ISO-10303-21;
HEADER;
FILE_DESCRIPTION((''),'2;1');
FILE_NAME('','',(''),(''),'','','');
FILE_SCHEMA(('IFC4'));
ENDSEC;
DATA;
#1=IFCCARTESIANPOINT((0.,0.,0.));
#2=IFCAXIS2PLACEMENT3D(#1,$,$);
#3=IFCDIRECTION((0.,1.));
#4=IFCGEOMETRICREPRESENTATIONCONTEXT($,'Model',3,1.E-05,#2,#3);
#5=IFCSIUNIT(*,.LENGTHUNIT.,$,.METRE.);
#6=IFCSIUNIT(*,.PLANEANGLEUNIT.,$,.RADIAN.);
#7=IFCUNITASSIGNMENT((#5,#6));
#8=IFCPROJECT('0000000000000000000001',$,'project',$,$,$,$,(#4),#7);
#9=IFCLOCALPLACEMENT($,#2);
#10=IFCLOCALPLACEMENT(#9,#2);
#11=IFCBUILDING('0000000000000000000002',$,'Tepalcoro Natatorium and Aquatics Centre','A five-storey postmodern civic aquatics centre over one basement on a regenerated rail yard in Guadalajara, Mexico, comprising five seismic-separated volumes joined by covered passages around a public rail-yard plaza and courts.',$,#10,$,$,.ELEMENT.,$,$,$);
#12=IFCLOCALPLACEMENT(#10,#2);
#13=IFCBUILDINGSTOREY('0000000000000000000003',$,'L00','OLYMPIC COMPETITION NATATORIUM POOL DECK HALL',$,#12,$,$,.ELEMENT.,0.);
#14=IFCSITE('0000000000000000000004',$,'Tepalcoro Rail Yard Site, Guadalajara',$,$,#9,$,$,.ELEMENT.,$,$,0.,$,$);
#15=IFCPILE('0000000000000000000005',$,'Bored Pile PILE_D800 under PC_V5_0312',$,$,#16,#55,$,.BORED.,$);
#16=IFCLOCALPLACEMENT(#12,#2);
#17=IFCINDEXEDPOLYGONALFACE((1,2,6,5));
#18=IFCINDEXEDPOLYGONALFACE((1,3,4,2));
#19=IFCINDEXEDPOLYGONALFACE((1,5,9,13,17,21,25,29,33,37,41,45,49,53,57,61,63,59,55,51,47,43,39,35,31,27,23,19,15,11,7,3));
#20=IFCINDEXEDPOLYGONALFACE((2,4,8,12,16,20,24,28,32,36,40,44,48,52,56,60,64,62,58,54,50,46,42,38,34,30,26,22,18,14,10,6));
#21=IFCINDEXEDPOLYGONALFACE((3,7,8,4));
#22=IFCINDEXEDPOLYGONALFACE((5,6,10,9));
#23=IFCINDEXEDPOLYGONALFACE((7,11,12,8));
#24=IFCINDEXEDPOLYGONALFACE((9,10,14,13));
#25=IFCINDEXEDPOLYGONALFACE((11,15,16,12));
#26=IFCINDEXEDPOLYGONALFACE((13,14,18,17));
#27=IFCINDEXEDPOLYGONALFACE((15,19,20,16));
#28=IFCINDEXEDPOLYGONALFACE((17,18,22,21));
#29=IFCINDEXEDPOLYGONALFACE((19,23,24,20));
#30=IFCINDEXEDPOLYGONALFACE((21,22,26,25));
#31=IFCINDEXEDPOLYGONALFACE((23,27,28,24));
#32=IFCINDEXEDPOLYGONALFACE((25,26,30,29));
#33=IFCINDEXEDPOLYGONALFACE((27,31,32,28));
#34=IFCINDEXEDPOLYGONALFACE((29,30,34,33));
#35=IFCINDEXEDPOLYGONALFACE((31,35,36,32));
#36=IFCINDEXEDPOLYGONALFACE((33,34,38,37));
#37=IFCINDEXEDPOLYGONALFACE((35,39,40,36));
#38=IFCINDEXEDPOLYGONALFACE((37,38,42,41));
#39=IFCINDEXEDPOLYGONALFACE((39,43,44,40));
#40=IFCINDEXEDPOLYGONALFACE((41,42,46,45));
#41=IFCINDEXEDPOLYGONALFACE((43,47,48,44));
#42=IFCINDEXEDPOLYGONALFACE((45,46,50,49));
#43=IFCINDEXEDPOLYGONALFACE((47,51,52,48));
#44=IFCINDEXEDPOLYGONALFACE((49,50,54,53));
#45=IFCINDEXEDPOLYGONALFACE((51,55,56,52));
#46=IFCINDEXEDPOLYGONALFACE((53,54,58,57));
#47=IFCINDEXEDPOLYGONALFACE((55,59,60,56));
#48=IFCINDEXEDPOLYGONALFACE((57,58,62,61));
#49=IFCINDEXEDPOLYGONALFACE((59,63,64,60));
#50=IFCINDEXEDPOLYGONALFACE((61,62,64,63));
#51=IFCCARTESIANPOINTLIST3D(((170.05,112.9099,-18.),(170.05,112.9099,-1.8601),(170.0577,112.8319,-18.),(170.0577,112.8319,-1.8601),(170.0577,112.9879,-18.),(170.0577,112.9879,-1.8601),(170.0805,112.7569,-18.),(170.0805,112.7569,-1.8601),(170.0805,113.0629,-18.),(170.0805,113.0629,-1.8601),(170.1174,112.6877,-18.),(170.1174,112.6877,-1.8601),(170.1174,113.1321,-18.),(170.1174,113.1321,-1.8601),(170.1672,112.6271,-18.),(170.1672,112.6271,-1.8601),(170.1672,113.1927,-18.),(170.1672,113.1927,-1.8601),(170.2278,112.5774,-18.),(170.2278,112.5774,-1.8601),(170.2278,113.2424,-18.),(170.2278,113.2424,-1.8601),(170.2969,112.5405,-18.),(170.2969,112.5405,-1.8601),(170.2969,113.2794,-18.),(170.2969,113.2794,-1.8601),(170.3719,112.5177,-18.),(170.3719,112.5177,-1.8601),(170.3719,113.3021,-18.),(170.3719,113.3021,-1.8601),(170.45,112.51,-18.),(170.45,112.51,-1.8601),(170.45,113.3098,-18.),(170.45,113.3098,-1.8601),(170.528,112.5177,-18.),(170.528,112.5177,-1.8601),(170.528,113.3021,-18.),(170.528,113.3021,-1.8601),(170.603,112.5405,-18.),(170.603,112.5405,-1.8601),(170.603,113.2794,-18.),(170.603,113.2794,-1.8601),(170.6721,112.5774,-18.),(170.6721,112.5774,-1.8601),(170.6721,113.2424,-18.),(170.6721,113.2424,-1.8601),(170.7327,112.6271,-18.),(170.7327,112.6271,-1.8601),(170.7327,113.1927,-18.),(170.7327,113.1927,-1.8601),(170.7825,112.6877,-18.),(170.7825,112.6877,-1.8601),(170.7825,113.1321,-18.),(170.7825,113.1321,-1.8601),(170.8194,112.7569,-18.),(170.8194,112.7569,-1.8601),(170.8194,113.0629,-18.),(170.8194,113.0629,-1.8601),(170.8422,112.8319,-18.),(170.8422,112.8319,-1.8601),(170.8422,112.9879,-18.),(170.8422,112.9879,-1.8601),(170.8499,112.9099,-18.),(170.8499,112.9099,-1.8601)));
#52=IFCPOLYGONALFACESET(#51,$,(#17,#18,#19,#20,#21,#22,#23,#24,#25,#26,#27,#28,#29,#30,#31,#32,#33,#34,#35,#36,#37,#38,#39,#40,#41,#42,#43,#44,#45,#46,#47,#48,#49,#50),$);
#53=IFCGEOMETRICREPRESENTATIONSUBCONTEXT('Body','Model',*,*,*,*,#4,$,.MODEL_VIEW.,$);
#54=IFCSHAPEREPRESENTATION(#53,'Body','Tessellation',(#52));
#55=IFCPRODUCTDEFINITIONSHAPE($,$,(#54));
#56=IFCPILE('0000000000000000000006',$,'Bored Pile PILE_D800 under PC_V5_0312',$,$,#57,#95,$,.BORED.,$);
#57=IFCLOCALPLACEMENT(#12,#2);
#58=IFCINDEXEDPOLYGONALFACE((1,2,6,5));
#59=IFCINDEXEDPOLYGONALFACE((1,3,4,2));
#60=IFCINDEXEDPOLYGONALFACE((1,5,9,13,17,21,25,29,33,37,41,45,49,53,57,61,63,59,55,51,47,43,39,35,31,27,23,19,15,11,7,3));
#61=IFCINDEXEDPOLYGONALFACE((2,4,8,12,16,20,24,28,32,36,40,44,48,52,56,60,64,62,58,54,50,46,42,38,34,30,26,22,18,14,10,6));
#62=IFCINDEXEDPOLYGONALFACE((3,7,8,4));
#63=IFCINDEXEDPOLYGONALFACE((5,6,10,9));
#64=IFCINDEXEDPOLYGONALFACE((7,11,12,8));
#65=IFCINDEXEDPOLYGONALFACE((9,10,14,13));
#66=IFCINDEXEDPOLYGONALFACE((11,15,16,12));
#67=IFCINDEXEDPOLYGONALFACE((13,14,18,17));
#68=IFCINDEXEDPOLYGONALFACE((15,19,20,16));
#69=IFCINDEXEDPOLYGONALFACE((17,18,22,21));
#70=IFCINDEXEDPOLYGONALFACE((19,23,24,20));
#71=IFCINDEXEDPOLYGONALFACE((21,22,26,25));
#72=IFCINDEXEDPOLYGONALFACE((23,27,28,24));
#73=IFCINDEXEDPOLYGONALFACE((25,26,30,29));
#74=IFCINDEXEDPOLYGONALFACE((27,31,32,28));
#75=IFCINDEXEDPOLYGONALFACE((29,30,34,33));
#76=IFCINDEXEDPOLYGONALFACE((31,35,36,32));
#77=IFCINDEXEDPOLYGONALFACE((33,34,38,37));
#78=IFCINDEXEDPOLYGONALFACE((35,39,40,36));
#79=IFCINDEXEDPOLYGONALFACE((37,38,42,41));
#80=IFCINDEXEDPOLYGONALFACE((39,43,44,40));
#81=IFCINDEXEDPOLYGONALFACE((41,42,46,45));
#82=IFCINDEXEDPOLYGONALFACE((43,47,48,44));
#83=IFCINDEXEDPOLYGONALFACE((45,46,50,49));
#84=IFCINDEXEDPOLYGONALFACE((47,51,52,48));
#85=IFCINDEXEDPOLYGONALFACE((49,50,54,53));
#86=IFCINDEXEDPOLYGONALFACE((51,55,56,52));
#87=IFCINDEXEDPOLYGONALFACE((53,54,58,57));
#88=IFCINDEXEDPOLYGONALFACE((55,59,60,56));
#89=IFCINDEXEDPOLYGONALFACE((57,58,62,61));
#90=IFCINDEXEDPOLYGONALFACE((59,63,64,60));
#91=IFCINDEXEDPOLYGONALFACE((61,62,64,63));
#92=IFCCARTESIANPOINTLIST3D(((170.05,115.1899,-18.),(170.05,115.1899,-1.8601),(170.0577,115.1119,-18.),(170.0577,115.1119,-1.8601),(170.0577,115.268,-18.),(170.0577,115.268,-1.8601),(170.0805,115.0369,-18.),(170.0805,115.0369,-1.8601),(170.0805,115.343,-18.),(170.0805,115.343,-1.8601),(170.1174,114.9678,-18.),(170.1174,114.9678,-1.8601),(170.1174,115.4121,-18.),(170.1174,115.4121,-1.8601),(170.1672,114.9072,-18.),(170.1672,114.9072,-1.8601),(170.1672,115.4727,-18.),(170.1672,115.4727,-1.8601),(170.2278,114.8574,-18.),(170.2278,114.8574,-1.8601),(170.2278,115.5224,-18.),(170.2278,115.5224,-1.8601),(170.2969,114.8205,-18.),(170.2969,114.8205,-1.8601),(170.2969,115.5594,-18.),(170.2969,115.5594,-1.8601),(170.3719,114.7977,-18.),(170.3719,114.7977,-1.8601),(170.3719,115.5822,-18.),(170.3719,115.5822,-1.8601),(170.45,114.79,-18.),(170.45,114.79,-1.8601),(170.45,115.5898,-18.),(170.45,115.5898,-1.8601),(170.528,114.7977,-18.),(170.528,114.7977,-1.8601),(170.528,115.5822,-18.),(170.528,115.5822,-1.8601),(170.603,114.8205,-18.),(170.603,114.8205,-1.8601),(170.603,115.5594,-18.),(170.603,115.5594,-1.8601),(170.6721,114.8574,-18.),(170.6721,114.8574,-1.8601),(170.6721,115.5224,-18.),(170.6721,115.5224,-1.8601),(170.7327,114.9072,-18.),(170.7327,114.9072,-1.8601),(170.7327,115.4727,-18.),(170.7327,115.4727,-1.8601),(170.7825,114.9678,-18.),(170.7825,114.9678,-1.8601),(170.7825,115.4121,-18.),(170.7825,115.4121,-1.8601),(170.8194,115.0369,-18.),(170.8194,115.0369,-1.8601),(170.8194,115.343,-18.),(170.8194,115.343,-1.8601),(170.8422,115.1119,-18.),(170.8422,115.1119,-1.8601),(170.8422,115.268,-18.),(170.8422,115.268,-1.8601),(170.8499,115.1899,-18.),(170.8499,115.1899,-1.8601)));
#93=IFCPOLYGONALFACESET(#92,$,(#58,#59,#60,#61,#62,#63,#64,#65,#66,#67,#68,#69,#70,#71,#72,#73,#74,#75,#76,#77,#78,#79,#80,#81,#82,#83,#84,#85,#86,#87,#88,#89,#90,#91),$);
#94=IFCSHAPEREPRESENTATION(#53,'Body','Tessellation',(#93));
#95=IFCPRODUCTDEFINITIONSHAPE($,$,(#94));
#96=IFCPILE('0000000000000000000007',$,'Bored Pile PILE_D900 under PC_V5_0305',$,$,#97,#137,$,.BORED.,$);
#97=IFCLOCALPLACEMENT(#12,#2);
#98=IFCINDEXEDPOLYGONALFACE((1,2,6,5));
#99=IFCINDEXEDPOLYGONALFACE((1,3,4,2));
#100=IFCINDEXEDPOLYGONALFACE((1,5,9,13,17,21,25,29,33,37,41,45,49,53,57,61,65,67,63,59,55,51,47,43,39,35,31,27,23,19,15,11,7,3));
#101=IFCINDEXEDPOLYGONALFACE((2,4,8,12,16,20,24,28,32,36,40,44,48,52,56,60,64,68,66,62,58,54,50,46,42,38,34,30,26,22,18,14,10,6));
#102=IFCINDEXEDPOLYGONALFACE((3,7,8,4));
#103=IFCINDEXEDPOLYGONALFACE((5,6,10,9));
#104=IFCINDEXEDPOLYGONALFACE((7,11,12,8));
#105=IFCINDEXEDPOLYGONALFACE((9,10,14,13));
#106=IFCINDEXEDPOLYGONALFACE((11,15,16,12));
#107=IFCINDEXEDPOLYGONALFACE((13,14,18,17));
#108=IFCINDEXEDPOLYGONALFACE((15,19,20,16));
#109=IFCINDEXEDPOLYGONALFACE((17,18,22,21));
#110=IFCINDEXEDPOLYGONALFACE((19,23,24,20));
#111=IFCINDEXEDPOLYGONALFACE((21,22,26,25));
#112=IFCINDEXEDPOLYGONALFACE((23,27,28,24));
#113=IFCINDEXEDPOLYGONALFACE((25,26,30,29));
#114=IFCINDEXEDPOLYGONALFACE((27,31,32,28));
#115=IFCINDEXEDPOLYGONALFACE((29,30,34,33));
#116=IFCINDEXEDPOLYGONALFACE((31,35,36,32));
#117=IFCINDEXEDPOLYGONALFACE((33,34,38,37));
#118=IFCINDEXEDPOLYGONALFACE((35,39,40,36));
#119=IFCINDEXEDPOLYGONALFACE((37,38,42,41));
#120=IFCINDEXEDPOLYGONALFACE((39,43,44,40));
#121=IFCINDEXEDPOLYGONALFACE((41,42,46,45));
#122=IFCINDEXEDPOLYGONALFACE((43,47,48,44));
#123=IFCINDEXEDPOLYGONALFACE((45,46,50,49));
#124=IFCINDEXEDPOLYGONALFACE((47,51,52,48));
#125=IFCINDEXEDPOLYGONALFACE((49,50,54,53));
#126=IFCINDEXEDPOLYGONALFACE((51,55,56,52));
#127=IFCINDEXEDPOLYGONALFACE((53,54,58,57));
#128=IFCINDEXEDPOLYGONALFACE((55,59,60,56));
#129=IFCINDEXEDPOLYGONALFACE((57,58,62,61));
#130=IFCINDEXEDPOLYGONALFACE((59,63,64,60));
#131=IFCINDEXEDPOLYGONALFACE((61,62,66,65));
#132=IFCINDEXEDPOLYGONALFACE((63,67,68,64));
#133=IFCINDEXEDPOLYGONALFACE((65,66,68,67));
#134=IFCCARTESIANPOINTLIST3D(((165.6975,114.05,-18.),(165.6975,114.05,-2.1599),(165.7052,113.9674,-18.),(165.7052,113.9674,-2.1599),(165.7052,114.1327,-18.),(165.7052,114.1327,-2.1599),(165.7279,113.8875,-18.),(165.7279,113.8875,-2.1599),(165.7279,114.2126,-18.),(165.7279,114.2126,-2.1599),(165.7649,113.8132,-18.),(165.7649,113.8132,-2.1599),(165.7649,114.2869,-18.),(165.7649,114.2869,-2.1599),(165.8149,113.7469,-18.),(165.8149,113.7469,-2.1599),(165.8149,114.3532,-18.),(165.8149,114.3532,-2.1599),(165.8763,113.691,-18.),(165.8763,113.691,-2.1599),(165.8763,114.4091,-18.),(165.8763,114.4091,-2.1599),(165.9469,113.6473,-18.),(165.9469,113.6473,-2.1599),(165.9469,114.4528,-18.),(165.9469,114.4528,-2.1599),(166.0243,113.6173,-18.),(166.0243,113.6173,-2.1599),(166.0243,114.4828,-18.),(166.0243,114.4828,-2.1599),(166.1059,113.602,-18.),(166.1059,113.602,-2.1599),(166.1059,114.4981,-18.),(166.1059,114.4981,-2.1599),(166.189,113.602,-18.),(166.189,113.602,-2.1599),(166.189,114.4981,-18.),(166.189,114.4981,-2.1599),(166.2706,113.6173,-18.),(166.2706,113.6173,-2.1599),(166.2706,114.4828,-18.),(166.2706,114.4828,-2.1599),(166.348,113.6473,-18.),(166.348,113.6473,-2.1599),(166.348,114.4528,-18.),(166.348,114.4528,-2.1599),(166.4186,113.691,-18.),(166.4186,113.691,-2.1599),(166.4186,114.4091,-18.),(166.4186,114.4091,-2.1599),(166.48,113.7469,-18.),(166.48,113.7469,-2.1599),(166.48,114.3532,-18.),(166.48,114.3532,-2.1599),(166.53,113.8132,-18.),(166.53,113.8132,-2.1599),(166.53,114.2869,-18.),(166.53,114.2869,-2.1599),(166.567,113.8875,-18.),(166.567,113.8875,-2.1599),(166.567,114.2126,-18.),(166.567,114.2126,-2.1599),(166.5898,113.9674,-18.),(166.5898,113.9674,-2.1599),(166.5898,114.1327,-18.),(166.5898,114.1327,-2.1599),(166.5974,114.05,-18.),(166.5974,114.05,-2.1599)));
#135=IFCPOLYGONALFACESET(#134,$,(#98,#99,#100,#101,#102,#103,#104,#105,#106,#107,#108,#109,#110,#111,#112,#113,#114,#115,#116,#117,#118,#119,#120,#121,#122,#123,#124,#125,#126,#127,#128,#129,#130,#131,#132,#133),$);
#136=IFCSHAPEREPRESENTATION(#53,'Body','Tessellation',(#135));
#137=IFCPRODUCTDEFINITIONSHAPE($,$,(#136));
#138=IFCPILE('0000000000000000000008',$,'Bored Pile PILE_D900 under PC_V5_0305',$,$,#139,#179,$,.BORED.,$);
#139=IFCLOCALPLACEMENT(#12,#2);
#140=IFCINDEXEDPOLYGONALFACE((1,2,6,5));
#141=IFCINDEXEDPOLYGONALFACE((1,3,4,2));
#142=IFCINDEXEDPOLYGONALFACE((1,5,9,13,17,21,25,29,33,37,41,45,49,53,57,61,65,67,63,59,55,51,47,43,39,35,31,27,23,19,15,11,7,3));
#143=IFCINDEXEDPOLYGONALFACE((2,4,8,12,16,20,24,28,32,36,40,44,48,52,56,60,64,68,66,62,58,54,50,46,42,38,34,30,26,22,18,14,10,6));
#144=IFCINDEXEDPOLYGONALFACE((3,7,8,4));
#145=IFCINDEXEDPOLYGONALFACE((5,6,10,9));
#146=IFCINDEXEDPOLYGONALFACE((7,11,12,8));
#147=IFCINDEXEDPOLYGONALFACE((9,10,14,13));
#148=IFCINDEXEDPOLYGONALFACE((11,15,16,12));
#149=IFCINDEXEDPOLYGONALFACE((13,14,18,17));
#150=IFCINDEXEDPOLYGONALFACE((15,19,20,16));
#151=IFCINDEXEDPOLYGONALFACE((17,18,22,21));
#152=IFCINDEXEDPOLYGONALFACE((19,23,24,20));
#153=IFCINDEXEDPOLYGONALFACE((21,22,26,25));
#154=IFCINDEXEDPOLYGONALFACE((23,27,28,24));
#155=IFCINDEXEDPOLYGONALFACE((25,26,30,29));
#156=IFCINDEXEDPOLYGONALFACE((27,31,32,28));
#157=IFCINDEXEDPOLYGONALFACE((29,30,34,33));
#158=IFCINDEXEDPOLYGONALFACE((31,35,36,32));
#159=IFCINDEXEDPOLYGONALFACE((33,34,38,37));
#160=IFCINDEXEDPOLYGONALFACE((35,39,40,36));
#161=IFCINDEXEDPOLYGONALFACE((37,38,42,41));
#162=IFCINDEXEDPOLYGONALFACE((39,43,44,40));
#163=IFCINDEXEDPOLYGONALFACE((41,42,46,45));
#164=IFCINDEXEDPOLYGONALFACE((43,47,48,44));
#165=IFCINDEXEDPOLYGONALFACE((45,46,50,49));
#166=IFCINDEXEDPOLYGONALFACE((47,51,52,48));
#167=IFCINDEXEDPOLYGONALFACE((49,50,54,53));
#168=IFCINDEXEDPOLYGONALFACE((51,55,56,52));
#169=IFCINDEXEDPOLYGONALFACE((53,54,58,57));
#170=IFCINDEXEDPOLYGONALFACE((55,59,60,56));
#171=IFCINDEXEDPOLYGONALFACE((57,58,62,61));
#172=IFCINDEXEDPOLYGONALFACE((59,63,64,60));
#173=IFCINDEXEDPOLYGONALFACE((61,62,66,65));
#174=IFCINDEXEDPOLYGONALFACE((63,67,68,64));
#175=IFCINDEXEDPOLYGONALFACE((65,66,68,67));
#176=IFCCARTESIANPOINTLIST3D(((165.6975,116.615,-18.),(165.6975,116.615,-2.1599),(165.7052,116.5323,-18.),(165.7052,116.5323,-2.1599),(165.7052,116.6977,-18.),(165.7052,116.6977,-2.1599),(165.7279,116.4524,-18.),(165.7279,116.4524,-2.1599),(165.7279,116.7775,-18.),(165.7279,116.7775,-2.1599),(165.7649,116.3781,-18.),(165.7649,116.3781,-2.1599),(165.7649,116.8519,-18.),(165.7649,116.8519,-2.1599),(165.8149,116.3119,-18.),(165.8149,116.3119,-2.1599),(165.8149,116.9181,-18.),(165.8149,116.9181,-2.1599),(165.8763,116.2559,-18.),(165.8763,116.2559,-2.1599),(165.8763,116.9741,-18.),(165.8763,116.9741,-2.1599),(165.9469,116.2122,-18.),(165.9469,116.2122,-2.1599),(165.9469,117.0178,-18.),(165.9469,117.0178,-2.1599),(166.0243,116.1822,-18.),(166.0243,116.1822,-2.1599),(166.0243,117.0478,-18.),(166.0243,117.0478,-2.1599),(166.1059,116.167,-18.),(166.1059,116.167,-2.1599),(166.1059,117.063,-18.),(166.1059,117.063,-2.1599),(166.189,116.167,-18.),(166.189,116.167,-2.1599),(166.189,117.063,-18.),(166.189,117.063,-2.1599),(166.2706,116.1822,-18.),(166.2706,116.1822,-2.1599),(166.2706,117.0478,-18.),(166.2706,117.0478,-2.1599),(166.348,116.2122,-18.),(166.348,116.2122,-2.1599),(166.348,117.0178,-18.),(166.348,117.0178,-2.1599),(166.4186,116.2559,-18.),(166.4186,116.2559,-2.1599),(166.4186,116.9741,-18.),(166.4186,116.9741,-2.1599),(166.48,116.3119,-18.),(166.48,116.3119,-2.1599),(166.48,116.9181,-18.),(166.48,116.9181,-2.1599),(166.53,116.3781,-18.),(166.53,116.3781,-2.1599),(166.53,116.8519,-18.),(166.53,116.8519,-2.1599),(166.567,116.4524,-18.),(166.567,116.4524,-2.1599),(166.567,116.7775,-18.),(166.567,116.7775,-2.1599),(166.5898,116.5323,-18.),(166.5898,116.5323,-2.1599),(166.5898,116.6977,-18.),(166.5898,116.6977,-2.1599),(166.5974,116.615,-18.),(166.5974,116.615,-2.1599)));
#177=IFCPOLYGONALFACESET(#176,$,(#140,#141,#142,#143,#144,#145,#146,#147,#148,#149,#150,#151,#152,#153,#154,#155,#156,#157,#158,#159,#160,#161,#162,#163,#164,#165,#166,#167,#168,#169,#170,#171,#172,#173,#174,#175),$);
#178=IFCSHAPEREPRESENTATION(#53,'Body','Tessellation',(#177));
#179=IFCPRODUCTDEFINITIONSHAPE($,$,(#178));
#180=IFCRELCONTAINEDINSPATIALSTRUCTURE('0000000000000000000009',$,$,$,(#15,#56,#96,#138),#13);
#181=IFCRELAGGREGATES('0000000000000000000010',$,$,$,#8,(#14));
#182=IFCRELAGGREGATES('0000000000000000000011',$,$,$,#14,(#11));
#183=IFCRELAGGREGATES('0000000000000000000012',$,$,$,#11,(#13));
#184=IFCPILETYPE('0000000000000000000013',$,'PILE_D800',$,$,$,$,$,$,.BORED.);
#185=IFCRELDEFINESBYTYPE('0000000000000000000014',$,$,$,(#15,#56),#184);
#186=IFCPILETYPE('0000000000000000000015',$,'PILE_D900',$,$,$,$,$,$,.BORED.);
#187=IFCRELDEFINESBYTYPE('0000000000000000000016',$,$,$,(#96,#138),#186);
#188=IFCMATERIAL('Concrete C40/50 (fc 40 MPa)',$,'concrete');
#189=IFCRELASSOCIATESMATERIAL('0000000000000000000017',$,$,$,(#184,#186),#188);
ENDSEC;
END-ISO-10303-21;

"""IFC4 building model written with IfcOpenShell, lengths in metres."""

from ifc_helpers import new_model, si_unit, direction, frame, origin, origin_2d, place, context, subcontext, project, spatial, circle, extrude, material, material_profile, profile_set, type_object, element, save


model = new_model("IFC4")

# Units and contexts
model_context = context("Model", 3, precision=1e-05, world=origin(), true_north=direction((0.0, 1.0)))
body_context = subcontext(model_context, "Body", "Model", "MODEL_VIEW")
ifc_project = project(units=[si_unit("LENGTHUNIT", "METRE"), si_unit("PLANEANGLEUNIT", "RADIAN")], contexts=[model_context])

# Site, building, storey
site_placement = place(None, origin())
site = spatial("IfcSite", under=ifc_project, at=site_placement, Name="Tepalcoro Rail Yard Site, Guadalajara", CompositionType="ELEMENT", RefElevation=0.0)
building_placement = place(site_placement, origin())
building = spatial("IfcBuilding", under=site, at=building_placement, Name="Tepalcoro Natatorium and Aquatics Centre", Description="A five-storey postmodern civic aquatics centre over one basement on a regenerated rail yard in Guadalajara, Mexico, comprising five seismic-separated volumes joined by covered passages around a public rail-yard plaza and courts.", CompositionType="ELEMENT")
storey_placement = place(building_placement, origin())
storey = spatial("IfcBuildingStorey", under=building, at=storey_placement, Name="L00", Description="OLYMPIC COMPETITION NATATORIUM POOL DECK HALL", CompositionType="ELEMENT", Elevation=0.0)

# Piles
ifc_material_1 = material(Name="Concrete C40/50 (fc 40 MPa)", Category="concrete")
ifc_material_profile_1 = material_profile(ifc_material_1, circle(Radius=0.3999, at=origin_2d()), Name="PILE_D800")
ifc_profile_set_1 = profile_set([ifc_material_profile_1], Name="Concrete C40/50 (fc 40 MPa)")
pile_type_1 = type_object("IfcPileType", Name="PILE_D800", PredefinedType="BORED", material=ifc_profile_set_1)
for number, where, z_axis, x_axis, name in (
    (1, (170.45, 112.9099, -1.8601), (0.0, 0.0, -1.0), (1.0, 0.0, 0.0), "Bored Pile PILE_D800 under PC_V5_0312"),
    (2, (170.45, 115.1899, -1.8601), (0.0, 0.0, -1.0), (1.0, 0.0, 0.0), "Bored Pile PILE_D800 under PC_V5_0312"),
):
    element("IfcPile", number, at=place(storey_placement, frame(where, z_axis=z_axis, x_axis=x_axis)), inside=storey, type_object=pile_type_1, Name=name, PredefinedType="BORED", context=body_context, shape_type="SweptSolid", body=[
        extrude(circle(Radius=0.3999, at=origin_2d()), origin(), (0.0, 0.0, 1.0), 16.1399),
    ])
ifc_material_profile_2 = material_profile(ifc_material_1, circle(Radius=0.45, at=origin_2d()), Name="PILE_D900")
ifc_profile_set_2 = profile_set([ifc_material_profile_2], Name="Concrete C40/50 (fc 40 MPa)")
pile_type_2 = type_object("IfcPileType", Name="PILE_D900", PredefinedType="BORED", material=ifc_profile_set_2)
for number, where, z_axis, x_axis, name in (
    (3, (166.1475, 114.05, -2.1599), (0.0, 0.0, -1.0), (1.0, 0.0, 0.0), "Bored Pile PILE_D900 under PC_V5_0305"),
    (4, (166.1475, 116.615, -2.1599), (0.0, 0.0, -1.0), (1.0, 0.0, 0.0), "Bored Pile PILE_D900 under PC_V5_0305"),
):
    element("IfcPile", number, at=place(storey_placement, frame(where, z_axis=z_axis, x_axis=x_axis)), inside=storey, type_object=pile_type_2, Name=name, PredefinedType="BORED", context=body_context, shape_type="SweptSolid", body=[
        extrude(circle(Radius=0.45, at=origin_2d()), origin(), (0.0, 0.0, 1.0), 15.8401),
    ])

save(model, "model.ifc")
